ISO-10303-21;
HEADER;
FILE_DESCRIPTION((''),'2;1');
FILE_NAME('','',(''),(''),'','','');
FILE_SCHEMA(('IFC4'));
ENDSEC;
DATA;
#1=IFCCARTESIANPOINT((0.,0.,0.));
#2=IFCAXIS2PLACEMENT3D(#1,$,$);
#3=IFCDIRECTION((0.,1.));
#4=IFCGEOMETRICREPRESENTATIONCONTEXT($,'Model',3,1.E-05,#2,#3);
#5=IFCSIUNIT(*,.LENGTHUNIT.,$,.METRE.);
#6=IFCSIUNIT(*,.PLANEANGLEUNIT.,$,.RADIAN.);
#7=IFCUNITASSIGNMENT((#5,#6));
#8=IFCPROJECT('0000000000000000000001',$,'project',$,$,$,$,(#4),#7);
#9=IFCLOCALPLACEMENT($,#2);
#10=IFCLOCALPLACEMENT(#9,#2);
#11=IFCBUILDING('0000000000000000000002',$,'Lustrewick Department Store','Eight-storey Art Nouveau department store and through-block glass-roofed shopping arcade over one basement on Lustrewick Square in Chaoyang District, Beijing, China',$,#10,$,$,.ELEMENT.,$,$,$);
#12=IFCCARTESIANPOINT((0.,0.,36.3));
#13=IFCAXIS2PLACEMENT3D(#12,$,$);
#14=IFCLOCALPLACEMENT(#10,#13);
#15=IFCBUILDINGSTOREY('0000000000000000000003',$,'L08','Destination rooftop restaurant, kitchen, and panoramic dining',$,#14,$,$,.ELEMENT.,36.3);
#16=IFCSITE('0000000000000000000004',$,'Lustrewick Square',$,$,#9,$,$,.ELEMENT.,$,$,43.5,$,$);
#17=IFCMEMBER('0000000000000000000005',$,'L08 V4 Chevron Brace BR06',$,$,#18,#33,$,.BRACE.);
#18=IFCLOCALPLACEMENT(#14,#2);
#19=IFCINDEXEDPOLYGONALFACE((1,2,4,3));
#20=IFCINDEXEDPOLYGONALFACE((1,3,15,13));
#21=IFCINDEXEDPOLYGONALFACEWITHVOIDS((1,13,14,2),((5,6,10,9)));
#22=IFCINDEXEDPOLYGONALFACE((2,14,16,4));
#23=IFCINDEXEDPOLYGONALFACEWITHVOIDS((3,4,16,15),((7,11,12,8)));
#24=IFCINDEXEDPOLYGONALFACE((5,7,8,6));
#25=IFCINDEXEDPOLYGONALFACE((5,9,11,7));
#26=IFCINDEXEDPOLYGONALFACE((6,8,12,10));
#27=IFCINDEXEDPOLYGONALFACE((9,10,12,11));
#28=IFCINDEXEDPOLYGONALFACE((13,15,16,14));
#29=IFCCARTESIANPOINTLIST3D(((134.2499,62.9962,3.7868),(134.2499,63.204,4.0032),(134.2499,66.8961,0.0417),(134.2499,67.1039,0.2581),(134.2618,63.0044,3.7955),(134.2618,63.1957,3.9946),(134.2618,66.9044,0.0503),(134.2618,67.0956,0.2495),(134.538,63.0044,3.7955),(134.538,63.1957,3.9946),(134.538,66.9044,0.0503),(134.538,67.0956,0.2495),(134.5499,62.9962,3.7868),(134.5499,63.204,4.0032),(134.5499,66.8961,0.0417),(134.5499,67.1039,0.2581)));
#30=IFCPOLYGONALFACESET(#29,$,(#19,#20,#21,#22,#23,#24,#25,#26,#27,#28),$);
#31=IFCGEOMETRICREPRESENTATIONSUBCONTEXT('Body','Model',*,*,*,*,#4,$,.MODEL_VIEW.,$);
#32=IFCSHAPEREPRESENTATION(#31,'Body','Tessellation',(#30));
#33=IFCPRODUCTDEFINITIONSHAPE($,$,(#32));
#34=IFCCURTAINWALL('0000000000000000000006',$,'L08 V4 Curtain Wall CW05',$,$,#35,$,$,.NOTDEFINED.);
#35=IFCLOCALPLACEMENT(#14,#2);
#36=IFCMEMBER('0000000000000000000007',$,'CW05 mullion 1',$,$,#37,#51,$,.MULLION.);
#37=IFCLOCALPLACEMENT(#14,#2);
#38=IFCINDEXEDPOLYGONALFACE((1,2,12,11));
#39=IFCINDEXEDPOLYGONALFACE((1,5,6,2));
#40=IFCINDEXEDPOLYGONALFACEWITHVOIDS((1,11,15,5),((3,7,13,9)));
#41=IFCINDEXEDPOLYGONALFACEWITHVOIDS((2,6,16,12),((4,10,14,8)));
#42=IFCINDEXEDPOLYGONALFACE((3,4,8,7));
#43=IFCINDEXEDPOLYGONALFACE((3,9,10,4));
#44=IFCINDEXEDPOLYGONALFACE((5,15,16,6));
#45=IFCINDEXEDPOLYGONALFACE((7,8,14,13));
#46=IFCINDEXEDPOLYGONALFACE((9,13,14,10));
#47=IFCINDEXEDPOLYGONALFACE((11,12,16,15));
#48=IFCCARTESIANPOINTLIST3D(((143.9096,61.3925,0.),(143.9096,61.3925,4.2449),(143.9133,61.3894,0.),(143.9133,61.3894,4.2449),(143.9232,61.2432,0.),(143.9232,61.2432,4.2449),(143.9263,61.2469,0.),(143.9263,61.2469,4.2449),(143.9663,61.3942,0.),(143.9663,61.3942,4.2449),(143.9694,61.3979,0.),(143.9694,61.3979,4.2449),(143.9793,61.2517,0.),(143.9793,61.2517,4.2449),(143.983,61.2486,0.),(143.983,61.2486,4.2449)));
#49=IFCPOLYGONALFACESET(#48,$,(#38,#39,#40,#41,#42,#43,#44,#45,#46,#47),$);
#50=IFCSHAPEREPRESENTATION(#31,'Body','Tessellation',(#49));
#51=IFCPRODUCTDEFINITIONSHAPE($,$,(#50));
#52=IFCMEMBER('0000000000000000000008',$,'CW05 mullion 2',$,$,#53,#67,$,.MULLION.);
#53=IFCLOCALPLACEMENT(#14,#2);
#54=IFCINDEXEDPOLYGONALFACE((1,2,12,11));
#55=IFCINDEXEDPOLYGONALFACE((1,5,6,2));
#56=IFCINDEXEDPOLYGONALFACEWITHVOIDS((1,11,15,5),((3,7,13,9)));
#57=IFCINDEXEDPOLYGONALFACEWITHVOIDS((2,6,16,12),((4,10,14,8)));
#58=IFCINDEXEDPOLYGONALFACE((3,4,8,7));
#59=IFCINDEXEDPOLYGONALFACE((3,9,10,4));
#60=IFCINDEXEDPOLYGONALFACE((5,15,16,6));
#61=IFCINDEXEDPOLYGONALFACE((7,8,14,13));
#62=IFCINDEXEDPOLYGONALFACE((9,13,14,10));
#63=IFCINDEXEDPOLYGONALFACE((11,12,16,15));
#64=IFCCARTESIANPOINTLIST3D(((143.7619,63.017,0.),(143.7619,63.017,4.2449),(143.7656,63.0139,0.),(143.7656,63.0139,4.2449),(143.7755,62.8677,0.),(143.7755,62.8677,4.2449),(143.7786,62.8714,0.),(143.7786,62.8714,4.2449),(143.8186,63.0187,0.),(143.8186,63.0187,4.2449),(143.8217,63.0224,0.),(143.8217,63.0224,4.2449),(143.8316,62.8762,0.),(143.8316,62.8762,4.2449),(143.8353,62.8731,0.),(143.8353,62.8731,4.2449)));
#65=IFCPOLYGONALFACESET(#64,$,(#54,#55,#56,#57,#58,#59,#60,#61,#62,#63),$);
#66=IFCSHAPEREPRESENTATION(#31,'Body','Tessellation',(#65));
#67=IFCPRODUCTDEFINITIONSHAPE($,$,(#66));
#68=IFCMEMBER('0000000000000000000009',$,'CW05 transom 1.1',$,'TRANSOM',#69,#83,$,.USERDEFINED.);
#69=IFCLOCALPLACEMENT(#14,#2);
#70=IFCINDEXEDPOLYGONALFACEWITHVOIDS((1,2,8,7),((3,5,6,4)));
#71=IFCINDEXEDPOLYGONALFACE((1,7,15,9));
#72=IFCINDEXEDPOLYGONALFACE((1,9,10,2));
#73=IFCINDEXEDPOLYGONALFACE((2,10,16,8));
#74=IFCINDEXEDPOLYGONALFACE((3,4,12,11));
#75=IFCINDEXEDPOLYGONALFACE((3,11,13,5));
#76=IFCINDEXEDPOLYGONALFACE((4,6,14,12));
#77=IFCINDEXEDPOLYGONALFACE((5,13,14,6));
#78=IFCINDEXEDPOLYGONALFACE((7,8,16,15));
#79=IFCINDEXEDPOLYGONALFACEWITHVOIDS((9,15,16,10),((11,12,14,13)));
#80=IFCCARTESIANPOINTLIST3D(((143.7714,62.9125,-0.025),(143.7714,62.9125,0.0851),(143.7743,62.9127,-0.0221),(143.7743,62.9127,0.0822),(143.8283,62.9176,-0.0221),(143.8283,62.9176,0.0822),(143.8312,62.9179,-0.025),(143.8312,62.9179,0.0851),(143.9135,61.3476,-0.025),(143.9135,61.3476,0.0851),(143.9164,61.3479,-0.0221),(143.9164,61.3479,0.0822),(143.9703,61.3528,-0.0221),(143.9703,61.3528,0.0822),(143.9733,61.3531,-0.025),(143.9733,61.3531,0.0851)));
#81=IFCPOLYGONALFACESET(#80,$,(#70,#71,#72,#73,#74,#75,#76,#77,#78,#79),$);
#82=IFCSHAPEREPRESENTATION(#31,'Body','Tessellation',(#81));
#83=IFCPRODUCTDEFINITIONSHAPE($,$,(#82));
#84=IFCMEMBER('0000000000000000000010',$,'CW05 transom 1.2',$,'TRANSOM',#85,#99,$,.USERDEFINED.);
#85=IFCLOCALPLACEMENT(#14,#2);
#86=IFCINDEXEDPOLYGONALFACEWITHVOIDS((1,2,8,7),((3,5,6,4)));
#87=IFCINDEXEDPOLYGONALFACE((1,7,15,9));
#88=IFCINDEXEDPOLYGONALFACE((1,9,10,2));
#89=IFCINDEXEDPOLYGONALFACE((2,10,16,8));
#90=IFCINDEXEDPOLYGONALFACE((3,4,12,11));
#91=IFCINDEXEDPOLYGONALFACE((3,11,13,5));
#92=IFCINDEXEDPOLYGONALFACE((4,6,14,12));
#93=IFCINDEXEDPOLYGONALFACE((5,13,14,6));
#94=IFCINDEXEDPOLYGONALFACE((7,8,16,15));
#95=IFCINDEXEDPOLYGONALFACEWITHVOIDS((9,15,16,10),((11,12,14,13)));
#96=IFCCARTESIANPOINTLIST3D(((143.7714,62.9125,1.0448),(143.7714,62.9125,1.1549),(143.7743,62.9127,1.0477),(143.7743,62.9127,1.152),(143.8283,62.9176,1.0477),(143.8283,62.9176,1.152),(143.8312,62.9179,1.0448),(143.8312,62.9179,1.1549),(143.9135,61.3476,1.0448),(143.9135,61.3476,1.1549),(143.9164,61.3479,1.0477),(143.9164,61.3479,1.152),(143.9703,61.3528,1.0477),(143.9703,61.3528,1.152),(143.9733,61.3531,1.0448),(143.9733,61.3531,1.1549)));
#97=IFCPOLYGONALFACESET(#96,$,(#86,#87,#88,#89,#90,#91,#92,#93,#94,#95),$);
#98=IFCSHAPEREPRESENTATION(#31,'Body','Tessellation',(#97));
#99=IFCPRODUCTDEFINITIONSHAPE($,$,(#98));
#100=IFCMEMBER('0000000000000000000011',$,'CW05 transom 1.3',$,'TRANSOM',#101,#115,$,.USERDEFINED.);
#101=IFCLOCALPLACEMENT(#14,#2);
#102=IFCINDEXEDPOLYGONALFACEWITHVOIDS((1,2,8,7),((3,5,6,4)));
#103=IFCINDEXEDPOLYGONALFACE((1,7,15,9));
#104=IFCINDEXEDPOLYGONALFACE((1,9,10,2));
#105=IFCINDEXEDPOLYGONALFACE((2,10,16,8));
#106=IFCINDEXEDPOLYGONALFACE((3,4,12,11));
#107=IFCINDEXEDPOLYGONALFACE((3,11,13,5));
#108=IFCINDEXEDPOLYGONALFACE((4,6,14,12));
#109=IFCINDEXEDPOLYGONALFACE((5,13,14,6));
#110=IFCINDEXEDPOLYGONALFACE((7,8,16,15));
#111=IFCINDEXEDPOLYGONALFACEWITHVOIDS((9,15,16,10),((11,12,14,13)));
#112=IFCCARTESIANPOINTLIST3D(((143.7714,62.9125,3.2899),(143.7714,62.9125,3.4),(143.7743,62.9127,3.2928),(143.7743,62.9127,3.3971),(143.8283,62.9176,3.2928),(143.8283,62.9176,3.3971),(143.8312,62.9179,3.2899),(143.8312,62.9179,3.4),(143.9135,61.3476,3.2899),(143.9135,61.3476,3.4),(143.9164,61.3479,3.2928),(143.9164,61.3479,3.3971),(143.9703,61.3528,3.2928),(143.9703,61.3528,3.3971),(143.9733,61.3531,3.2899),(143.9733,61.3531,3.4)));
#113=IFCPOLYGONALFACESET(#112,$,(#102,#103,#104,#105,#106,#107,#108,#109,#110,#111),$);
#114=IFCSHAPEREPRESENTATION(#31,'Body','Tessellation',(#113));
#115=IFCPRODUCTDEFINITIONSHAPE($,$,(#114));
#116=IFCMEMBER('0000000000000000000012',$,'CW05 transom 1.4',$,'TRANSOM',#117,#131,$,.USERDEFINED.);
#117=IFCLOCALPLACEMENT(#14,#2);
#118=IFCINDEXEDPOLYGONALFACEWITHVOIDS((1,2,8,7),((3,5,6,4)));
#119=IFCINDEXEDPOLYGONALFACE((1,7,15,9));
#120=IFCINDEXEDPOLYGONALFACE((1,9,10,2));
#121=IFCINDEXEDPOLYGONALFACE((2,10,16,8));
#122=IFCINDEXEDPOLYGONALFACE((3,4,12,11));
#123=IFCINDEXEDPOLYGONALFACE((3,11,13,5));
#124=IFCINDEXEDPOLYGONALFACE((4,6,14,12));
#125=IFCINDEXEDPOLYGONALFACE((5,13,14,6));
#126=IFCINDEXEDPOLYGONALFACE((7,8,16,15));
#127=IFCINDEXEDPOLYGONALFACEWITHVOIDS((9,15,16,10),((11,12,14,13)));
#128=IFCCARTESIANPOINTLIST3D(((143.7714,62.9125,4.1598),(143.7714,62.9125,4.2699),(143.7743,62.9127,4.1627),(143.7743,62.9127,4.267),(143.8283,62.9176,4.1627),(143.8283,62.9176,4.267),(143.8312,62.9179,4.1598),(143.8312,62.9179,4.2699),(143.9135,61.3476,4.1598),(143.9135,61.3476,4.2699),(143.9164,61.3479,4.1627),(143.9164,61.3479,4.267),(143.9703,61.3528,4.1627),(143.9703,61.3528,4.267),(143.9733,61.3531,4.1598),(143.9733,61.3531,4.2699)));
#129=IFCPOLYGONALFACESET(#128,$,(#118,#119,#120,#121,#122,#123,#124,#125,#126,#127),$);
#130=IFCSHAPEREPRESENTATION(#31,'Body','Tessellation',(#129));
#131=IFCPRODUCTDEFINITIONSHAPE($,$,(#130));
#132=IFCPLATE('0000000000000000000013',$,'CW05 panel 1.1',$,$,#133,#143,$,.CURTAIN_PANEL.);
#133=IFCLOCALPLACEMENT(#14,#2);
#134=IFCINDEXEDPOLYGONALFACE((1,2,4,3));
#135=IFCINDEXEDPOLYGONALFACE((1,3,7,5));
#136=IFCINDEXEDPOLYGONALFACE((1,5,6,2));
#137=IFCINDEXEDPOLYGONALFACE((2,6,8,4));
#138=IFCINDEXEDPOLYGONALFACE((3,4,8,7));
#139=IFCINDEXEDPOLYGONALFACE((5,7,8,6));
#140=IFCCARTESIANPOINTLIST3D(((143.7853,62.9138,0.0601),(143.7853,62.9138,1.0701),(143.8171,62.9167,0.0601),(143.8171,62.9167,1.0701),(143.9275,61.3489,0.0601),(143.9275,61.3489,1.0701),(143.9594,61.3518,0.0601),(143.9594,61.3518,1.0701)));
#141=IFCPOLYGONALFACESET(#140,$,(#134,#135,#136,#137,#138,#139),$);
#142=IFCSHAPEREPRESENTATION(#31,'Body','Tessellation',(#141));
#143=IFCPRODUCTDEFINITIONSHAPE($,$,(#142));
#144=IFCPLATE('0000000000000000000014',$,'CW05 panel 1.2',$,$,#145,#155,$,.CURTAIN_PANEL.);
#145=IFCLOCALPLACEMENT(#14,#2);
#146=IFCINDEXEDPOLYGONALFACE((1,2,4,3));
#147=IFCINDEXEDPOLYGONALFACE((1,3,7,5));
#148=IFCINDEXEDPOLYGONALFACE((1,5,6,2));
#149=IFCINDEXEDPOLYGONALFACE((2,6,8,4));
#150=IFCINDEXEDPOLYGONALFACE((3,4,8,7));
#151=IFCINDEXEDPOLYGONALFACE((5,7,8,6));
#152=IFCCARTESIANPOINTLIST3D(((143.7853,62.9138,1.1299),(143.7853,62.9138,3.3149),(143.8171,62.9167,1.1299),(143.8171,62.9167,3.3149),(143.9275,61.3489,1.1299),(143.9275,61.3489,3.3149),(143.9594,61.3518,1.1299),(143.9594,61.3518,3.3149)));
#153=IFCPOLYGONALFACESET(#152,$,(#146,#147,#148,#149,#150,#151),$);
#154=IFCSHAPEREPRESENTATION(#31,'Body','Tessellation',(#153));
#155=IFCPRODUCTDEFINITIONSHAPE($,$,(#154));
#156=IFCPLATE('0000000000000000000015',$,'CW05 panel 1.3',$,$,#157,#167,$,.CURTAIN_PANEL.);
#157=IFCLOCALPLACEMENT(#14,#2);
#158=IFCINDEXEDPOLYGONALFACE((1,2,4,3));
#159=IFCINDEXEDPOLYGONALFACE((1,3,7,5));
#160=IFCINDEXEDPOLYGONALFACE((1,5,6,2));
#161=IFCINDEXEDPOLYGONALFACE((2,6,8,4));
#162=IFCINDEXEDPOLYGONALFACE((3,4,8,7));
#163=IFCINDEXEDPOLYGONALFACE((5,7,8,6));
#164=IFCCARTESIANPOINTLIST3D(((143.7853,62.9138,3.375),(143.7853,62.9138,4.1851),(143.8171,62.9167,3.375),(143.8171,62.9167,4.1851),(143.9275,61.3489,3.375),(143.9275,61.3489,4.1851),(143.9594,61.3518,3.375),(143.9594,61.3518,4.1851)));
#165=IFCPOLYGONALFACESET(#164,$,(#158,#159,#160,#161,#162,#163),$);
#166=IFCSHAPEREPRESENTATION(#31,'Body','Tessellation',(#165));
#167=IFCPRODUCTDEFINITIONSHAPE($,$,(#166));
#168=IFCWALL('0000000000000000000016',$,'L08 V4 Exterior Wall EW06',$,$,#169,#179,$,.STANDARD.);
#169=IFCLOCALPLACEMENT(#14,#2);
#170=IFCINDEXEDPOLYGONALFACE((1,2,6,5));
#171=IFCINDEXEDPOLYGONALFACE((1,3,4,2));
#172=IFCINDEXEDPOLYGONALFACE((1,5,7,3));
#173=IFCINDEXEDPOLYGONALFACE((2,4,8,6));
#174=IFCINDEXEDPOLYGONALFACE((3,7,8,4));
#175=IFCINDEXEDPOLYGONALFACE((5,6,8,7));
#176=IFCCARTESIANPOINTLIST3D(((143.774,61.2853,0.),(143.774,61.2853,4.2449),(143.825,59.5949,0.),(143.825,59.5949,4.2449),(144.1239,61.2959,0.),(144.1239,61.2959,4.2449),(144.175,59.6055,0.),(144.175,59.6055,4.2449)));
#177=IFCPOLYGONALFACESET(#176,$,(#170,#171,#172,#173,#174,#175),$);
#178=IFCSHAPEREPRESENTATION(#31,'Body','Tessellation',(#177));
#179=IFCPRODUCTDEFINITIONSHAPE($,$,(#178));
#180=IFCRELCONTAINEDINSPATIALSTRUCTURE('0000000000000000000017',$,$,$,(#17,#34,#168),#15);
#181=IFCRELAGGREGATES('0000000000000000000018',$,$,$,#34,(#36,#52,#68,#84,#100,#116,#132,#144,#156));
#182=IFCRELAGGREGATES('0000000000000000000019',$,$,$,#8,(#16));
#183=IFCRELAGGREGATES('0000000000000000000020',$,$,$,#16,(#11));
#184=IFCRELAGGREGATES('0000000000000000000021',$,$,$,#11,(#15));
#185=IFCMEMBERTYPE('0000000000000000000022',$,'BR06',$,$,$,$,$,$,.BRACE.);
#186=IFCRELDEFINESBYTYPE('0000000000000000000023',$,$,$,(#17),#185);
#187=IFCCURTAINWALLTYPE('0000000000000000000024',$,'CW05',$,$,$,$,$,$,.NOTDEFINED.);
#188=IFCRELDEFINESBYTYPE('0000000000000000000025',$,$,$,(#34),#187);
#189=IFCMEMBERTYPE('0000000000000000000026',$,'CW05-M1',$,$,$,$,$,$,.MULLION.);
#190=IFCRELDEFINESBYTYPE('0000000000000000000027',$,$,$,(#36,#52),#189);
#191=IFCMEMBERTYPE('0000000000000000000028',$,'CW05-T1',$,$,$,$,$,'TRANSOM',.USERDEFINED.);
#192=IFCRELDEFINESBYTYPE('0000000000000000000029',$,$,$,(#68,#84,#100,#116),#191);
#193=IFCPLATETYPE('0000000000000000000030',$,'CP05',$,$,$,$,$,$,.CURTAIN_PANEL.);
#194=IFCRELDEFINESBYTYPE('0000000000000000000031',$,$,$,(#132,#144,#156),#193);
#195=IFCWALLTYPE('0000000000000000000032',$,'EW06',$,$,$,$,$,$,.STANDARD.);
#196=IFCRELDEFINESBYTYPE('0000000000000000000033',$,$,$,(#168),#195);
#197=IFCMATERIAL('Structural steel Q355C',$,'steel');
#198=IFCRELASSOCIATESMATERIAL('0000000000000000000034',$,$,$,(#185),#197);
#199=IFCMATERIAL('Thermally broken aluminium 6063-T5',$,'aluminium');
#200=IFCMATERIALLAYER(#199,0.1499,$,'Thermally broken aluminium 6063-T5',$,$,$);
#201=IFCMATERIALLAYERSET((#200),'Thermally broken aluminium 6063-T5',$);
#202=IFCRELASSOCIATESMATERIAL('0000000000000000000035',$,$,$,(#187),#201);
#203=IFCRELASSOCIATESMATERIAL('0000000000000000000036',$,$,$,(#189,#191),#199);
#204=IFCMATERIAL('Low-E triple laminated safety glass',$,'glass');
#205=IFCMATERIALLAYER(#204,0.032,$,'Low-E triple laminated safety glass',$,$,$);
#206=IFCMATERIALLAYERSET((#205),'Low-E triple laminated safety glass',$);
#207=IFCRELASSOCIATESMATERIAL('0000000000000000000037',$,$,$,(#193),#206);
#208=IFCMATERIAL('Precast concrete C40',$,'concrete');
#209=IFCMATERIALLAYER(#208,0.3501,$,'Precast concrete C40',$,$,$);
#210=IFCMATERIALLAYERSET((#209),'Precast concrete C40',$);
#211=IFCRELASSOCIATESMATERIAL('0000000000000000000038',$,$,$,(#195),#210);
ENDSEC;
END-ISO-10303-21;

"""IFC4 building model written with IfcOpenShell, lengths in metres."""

from ifc_helpers import new_model, si_unit, direction, frame, frame_2d, origin, origin_2d, place, context, subcontext, project, spatial, rectangle, hollow_rectangle, extrude, material, layer, layer_set, material_profile, profile_set, type_object, element, aggregate, save


model = new_model("IFC4")

# Units and contexts
model_context = context("Model", 3, precision=1e-05, world=origin(), true_north=direction((0.0, 1.0)))
body_context = subcontext(model_context, "Body", "Model", "MODEL_VIEW")
ifc_project = project(units=[si_unit("LENGTHUNIT", "METRE"), si_unit("PLANEANGLEUNIT", "RADIAN")], contexts=[model_context])

# Site, building, storey
site_placement = place(None, origin())
site = spatial("IfcSite", under=ifc_project, at=site_placement, Name="Lustrewick Square", CompositionType="ELEMENT", RefElevation=43.5)
building_placement = place(site_placement, origin())
building = spatial("IfcBuilding", under=site, at=building_placement, Name="Lustrewick Department Store", Description="Eight-storey Art Nouveau department store and through-block glass-roofed shopping arcade over one basement on Lustrewick Square in Chaoyang District, Beijing, China", CompositionType="ELEMENT")
storey_placement = place(building_placement, frame((0.0, 0.0, 36.3)))
storey = spatial("IfcBuildingStorey", under=building, at=storey_placement, Name="L08", Description="Destination rooftop restaurant, kitchen, and panoramic dining", CompositionType="ELEMENT", Elevation=36.3)

# Member
ifc_material_1 = material(Name="Structural steel Q355C", Category="steel")
ifc_material_profile_1 = material_profile(ifc_material_1, hollow_rectangle(XDim=0.3, YDim=0.3, WallThickness=0.012, at=origin_2d()), Name="SHS 300x300x12")
ifc_profile_set_1 = profile_set([ifc_material_profile_1], Name="Structural steel Q355C")
member_type_1 = type_object("IfcMemberType", Name="BR06", PredefinedType="BRACE", material=ifc_profile_set_1)
member_1_placement = place(storey_placement, frame((134.3999, 67.0, 0.1499), z_axis=(0.0, -0.721275, 0.692648), x_axis=(1.0, 0.0, 0.0)))
element("IfcMember", 1, at=member_1_placement, inside=storey, type_object=member_type_1, Name="L08 V4 Chevron Brace BR06", PredefinedType="BRACE", context=body_context, shape_type="SweptSolid", body=[
    extrude(hollow_rectangle(XDim=0.3, YDim=0.3, WallThickness=0.012, at=origin_2d()), origin(), (0.0, 0.0, 1.0), 5.407),
])

# Curtain wall, members, plates
ifc_material_2 = material(Name="Thermally broken aluminium 6063-T5", Category="aluminium")
ifc_layer_1 = layer(ifc_material_2, 0.1499, Name="Thermally broken aluminium 6063-T5")
ifc_layer_set_1 = layer_set([ifc_layer_1], Name="Thermally broken aluminium 6063-T5")
curtain_wall_type = type_object("IfcCurtainWallType", Name="CW05", PredefinedType="NOTDEFINED", material=ifc_layer_set_1)
curtain_wall_placement = place(storey_placement, origin())
curtain_wall = element("IfcCurtainWall", 2, at=curtain_wall_placement, inside=storey, type_object=curtain_wall_type, Name="L08 V4 Curtain Wall CW05", PredefinedType="NOTDEFINED")
ifc_material_profile_2 = material_profile(ifc_material_2, hollow_rectangle(XDim=0.0601, YDim=0.1499, WallThickness=0.0034, at=origin_2d()), Name="ALU-M 60x150x3.5")
ifc_profile_set_2 = profile_set([ifc_material_profile_2], Name="Thermally broken aluminium 6063-T5")
member_type_2 = type_object("IfcMemberType", Name="CW05-M1", PredefinedType="MULLION", material=ifc_profile_set_2)
member_2_placement = place(storey_placement, frame((143.9463, 61.3206, 0.0), z_axis=(0.0, 0.0, 1.0), x_axis=(-0.995895, -0.09052, 0.0)))
member_2 = element("IfcMember", 3, at=member_2_placement, type_object=member_type_2, Name="CW05 mullion 1", PredefinedType="MULLION", context=body_context, shape_type="SweptSolid", body=[
    extrude(hollow_rectangle(XDim=0.0601, YDim=0.1499, WallThickness=0.0034, at=origin_2d()), origin(), (0.0, 0.0, 1.0), 4.2449),
])
member_3_placement = place(storey_placement, frame((143.7986, 62.9451, 0.0), z_axis=(0.0, 0.0, 1.0), x_axis=(-0.995895, -0.09052, 0.0)))
member_3 = element("IfcMember", 4, at=member_3_placement, type_object=member_type_2, Name="CW05 mullion 2", PredefinedType="MULLION", context=body_context, shape_type="SweptSolid", body=[
    extrude(hollow_rectangle(XDim=0.0601, YDim=0.1499, WallThickness=0.0034, at=origin_2d()), origin(), (0.0, 0.0, 1.0), 4.2449),
])
ifc_material_profile_3 = material_profile(ifc_material_2, hollow_rectangle(XDim=0.0601, YDim=0.1101, WallThickness=0.0029, at=origin_2d()), Name="ALU-T 60x110x3")
ifc_profile_set_3 = profile_set([ifc_material_profile_3], Name="Thermally broken aluminium 6063-T5")
member_type_3 = type_object("IfcMemberType", Name="CW05-T1", ElementType="TRANSOM", PredefinedType="USERDEFINED", material=ifc_profile_set_3)
member_4_placement = place(storey_placement, frame((143.9434, 61.3503, 0.03), z_axis=(-0.090424, 0.995903, 0.0), x_axis=(-0.995903, -0.090424, 0.0)))
member_4 = element("IfcMember", 5, at=member_4_placement, type_object=member_type_3, Name="CW05 transom 1.1", ObjectType="TRANSOM", PredefinedType="USERDEFINED", context=body_context, shape_type="SweptSolid", body=[
    extrude(hollow_rectangle(XDim=0.0601, YDim=0.1101, WallThickness=0.0029, at=origin_2d()), origin(), (0.0, 0.0, 1.0), 1.5713),
])
member_5_placement = place(storey_placement, frame((143.9434, 61.3503, 1.0999), z_axis=(-0.090424, 0.995903, 0.0), x_axis=(-0.995903, -0.090424, 0.0)))
member_5 = element("IfcMember", 6, at=member_5_placement, type_object=member_type_3, Name="CW05 transom 1.2", ObjectType="TRANSOM", PredefinedType="USERDEFINED", context=body_context, shape_type="SweptSolid", body=[
    extrude(hollow_rectangle(XDim=0.0601, YDim=0.1101, WallThickness=0.0029, at=origin_2d()), origin(), (0.0, 0.0, 1.0), 1.5713),
])
member_6_placement = place(storey_placement, frame((143.9434, 61.3503, 3.345), z_axis=(-0.090424, 0.995903, 0.0), x_axis=(-0.995903, -0.090424, 0.0)))
member_6 = element("IfcMember", 7, at=member_6_placement, type_object=member_type_3, Name="CW05 transom 1.3", ObjectType="TRANSOM", PredefinedType="USERDEFINED", context=body_context, shape_type="SweptSolid", body=[
    extrude(hollow_rectangle(XDim=0.0601, YDim=0.1101, WallThickness=0.0029, at=origin_2d()), origin(), (0.0, 0.0, 1.0), 1.5713),
])
member_7_placement = place(storey_placement, frame((143.9434, 61.3503, 4.2148), z_axis=(-0.090424, 0.995903, 0.0), x_axis=(-0.995903, -0.090424, 0.0)))
member_7 = element("IfcMember", 8, at=member_7_placement, type_object=member_type_3, Name="CW05 transom 1.4", ObjectType="TRANSOM", PredefinedType="USERDEFINED", context=body_context, shape_type="SweptSolid", body=[
    extrude(hollow_rectangle(XDim=0.0601, YDim=0.1101, WallThickness=0.0029, at=origin_2d()), origin(), (0.0, 0.0, 1.0), 1.5713),
])
ifc_material_3 = material(Name="Low-E triple laminated safety glass", Category="glass")
ifc_layer_2 = layer(ifc_material_3, 0.032, Name="Low-E triple laminated safety glass")
ifc_layer_set_2 = layer_set([ifc_layer_2], Name="Low-E triple laminated safety glass")
plate_type = type_object("IfcPlateType", Name="CP05", PredefinedType="CURTAIN_PANEL", material=ifc_layer_set_2)
plate_1_placement = place(storey_placement, frame((143.8723, 62.1328, 0.0601), z_axis=(0.0, 0.0, 1.0), x_axis=(-0.09052, 0.995895, 0.0)))
plate_1 = element("IfcPlate", 9, at=plate_1_placement, type_object=plate_type, Name="CW05 panel 1.1", PredefinedType="CURTAIN_PANEL", context=body_context, shape_type="SweptSolid", body=[
    extrude(rectangle(XDim=1.5713, YDim=0.032, at=origin_2d()), origin(), (0.0, 0.0, 1.0), 1.01),
])
plate_2_placement = place(storey_placement, frame((143.8723, 62.1328, 1.1299), z_axis=(0.0, 0.0, 1.0), x_axis=(-0.09052, 0.995895, 0.0)))
plate_2 = element("IfcPlate", 10, at=plate_2_placement, type_object=plate_type, Name="CW05 panel 1.2", PredefinedType="CURTAIN_PANEL", context=body_context, shape_type="SweptSolid", body=[
    extrude(rectangle(XDim=1.5713, YDim=0.032, at=origin_2d()), origin(), (0.0, 0.0, 1.0), 2.1851),
])
plate_3_placement = place(storey_placement, frame((143.8723, 62.1328, 3.375), z_axis=(0.0, 0.0, 1.0), x_axis=(-0.09052, 0.995895, 0.0)))
plate_3 = element("IfcPlate", 11, at=plate_3_placement, type_object=plate_type, Name="CW05 panel 1.3", PredefinedType="CURTAIN_PANEL", context=body_context, shape_type="SweptSolid", body=[
    extrude(rectangle(XDim=1.5713, YDim=0.032, at=origin_2d()), origin(), (0.0, 0.0, 1.0), 0.8101),
])
aggregate(curtain_wall, [member_2, member_3, member_4, member_5, member_6, member_7, plate_1, plate_2, plate_3])

# Wall
ifc_material_4 = material(Name="Precast concrete C40", Category="concrete")
ifc_layer_3 = layer(ifc_material_4, 0.3501, Name="Precast concrete C40")
ifc_layer_set_3 = layer_set([ifc_layer_3], Name="Precast concrete C40")
wall_type_1 = type_object("IfcWallType", Name="EW06", PredefinedType="STANDARD", material=ifc_layer_set_3)
wall_1_placement = place(storey_placement, frame((144.0, 59.6001, 0.0), z_axis=(0.0, 0.0, 1.0), x_axis=(-0.030171, 0.999545, 0.0)))
element("IfcWall", 12, at=wall_1_placement, inside=storey, type_object=wall_type_1, Name="L08 V4 Exterior Wall EW06", PredefinedType="STANDARD", context=body_context, shape_type="SweptSolid", body=[
    extrude(rectangle(XDim=1.6912, YDim=0.3501, at=frame_2d((0.8457, 0.0))), origin(), (0.0, 0.0, 1.0), 4.2449),
])

save(model, "model.ifc")
